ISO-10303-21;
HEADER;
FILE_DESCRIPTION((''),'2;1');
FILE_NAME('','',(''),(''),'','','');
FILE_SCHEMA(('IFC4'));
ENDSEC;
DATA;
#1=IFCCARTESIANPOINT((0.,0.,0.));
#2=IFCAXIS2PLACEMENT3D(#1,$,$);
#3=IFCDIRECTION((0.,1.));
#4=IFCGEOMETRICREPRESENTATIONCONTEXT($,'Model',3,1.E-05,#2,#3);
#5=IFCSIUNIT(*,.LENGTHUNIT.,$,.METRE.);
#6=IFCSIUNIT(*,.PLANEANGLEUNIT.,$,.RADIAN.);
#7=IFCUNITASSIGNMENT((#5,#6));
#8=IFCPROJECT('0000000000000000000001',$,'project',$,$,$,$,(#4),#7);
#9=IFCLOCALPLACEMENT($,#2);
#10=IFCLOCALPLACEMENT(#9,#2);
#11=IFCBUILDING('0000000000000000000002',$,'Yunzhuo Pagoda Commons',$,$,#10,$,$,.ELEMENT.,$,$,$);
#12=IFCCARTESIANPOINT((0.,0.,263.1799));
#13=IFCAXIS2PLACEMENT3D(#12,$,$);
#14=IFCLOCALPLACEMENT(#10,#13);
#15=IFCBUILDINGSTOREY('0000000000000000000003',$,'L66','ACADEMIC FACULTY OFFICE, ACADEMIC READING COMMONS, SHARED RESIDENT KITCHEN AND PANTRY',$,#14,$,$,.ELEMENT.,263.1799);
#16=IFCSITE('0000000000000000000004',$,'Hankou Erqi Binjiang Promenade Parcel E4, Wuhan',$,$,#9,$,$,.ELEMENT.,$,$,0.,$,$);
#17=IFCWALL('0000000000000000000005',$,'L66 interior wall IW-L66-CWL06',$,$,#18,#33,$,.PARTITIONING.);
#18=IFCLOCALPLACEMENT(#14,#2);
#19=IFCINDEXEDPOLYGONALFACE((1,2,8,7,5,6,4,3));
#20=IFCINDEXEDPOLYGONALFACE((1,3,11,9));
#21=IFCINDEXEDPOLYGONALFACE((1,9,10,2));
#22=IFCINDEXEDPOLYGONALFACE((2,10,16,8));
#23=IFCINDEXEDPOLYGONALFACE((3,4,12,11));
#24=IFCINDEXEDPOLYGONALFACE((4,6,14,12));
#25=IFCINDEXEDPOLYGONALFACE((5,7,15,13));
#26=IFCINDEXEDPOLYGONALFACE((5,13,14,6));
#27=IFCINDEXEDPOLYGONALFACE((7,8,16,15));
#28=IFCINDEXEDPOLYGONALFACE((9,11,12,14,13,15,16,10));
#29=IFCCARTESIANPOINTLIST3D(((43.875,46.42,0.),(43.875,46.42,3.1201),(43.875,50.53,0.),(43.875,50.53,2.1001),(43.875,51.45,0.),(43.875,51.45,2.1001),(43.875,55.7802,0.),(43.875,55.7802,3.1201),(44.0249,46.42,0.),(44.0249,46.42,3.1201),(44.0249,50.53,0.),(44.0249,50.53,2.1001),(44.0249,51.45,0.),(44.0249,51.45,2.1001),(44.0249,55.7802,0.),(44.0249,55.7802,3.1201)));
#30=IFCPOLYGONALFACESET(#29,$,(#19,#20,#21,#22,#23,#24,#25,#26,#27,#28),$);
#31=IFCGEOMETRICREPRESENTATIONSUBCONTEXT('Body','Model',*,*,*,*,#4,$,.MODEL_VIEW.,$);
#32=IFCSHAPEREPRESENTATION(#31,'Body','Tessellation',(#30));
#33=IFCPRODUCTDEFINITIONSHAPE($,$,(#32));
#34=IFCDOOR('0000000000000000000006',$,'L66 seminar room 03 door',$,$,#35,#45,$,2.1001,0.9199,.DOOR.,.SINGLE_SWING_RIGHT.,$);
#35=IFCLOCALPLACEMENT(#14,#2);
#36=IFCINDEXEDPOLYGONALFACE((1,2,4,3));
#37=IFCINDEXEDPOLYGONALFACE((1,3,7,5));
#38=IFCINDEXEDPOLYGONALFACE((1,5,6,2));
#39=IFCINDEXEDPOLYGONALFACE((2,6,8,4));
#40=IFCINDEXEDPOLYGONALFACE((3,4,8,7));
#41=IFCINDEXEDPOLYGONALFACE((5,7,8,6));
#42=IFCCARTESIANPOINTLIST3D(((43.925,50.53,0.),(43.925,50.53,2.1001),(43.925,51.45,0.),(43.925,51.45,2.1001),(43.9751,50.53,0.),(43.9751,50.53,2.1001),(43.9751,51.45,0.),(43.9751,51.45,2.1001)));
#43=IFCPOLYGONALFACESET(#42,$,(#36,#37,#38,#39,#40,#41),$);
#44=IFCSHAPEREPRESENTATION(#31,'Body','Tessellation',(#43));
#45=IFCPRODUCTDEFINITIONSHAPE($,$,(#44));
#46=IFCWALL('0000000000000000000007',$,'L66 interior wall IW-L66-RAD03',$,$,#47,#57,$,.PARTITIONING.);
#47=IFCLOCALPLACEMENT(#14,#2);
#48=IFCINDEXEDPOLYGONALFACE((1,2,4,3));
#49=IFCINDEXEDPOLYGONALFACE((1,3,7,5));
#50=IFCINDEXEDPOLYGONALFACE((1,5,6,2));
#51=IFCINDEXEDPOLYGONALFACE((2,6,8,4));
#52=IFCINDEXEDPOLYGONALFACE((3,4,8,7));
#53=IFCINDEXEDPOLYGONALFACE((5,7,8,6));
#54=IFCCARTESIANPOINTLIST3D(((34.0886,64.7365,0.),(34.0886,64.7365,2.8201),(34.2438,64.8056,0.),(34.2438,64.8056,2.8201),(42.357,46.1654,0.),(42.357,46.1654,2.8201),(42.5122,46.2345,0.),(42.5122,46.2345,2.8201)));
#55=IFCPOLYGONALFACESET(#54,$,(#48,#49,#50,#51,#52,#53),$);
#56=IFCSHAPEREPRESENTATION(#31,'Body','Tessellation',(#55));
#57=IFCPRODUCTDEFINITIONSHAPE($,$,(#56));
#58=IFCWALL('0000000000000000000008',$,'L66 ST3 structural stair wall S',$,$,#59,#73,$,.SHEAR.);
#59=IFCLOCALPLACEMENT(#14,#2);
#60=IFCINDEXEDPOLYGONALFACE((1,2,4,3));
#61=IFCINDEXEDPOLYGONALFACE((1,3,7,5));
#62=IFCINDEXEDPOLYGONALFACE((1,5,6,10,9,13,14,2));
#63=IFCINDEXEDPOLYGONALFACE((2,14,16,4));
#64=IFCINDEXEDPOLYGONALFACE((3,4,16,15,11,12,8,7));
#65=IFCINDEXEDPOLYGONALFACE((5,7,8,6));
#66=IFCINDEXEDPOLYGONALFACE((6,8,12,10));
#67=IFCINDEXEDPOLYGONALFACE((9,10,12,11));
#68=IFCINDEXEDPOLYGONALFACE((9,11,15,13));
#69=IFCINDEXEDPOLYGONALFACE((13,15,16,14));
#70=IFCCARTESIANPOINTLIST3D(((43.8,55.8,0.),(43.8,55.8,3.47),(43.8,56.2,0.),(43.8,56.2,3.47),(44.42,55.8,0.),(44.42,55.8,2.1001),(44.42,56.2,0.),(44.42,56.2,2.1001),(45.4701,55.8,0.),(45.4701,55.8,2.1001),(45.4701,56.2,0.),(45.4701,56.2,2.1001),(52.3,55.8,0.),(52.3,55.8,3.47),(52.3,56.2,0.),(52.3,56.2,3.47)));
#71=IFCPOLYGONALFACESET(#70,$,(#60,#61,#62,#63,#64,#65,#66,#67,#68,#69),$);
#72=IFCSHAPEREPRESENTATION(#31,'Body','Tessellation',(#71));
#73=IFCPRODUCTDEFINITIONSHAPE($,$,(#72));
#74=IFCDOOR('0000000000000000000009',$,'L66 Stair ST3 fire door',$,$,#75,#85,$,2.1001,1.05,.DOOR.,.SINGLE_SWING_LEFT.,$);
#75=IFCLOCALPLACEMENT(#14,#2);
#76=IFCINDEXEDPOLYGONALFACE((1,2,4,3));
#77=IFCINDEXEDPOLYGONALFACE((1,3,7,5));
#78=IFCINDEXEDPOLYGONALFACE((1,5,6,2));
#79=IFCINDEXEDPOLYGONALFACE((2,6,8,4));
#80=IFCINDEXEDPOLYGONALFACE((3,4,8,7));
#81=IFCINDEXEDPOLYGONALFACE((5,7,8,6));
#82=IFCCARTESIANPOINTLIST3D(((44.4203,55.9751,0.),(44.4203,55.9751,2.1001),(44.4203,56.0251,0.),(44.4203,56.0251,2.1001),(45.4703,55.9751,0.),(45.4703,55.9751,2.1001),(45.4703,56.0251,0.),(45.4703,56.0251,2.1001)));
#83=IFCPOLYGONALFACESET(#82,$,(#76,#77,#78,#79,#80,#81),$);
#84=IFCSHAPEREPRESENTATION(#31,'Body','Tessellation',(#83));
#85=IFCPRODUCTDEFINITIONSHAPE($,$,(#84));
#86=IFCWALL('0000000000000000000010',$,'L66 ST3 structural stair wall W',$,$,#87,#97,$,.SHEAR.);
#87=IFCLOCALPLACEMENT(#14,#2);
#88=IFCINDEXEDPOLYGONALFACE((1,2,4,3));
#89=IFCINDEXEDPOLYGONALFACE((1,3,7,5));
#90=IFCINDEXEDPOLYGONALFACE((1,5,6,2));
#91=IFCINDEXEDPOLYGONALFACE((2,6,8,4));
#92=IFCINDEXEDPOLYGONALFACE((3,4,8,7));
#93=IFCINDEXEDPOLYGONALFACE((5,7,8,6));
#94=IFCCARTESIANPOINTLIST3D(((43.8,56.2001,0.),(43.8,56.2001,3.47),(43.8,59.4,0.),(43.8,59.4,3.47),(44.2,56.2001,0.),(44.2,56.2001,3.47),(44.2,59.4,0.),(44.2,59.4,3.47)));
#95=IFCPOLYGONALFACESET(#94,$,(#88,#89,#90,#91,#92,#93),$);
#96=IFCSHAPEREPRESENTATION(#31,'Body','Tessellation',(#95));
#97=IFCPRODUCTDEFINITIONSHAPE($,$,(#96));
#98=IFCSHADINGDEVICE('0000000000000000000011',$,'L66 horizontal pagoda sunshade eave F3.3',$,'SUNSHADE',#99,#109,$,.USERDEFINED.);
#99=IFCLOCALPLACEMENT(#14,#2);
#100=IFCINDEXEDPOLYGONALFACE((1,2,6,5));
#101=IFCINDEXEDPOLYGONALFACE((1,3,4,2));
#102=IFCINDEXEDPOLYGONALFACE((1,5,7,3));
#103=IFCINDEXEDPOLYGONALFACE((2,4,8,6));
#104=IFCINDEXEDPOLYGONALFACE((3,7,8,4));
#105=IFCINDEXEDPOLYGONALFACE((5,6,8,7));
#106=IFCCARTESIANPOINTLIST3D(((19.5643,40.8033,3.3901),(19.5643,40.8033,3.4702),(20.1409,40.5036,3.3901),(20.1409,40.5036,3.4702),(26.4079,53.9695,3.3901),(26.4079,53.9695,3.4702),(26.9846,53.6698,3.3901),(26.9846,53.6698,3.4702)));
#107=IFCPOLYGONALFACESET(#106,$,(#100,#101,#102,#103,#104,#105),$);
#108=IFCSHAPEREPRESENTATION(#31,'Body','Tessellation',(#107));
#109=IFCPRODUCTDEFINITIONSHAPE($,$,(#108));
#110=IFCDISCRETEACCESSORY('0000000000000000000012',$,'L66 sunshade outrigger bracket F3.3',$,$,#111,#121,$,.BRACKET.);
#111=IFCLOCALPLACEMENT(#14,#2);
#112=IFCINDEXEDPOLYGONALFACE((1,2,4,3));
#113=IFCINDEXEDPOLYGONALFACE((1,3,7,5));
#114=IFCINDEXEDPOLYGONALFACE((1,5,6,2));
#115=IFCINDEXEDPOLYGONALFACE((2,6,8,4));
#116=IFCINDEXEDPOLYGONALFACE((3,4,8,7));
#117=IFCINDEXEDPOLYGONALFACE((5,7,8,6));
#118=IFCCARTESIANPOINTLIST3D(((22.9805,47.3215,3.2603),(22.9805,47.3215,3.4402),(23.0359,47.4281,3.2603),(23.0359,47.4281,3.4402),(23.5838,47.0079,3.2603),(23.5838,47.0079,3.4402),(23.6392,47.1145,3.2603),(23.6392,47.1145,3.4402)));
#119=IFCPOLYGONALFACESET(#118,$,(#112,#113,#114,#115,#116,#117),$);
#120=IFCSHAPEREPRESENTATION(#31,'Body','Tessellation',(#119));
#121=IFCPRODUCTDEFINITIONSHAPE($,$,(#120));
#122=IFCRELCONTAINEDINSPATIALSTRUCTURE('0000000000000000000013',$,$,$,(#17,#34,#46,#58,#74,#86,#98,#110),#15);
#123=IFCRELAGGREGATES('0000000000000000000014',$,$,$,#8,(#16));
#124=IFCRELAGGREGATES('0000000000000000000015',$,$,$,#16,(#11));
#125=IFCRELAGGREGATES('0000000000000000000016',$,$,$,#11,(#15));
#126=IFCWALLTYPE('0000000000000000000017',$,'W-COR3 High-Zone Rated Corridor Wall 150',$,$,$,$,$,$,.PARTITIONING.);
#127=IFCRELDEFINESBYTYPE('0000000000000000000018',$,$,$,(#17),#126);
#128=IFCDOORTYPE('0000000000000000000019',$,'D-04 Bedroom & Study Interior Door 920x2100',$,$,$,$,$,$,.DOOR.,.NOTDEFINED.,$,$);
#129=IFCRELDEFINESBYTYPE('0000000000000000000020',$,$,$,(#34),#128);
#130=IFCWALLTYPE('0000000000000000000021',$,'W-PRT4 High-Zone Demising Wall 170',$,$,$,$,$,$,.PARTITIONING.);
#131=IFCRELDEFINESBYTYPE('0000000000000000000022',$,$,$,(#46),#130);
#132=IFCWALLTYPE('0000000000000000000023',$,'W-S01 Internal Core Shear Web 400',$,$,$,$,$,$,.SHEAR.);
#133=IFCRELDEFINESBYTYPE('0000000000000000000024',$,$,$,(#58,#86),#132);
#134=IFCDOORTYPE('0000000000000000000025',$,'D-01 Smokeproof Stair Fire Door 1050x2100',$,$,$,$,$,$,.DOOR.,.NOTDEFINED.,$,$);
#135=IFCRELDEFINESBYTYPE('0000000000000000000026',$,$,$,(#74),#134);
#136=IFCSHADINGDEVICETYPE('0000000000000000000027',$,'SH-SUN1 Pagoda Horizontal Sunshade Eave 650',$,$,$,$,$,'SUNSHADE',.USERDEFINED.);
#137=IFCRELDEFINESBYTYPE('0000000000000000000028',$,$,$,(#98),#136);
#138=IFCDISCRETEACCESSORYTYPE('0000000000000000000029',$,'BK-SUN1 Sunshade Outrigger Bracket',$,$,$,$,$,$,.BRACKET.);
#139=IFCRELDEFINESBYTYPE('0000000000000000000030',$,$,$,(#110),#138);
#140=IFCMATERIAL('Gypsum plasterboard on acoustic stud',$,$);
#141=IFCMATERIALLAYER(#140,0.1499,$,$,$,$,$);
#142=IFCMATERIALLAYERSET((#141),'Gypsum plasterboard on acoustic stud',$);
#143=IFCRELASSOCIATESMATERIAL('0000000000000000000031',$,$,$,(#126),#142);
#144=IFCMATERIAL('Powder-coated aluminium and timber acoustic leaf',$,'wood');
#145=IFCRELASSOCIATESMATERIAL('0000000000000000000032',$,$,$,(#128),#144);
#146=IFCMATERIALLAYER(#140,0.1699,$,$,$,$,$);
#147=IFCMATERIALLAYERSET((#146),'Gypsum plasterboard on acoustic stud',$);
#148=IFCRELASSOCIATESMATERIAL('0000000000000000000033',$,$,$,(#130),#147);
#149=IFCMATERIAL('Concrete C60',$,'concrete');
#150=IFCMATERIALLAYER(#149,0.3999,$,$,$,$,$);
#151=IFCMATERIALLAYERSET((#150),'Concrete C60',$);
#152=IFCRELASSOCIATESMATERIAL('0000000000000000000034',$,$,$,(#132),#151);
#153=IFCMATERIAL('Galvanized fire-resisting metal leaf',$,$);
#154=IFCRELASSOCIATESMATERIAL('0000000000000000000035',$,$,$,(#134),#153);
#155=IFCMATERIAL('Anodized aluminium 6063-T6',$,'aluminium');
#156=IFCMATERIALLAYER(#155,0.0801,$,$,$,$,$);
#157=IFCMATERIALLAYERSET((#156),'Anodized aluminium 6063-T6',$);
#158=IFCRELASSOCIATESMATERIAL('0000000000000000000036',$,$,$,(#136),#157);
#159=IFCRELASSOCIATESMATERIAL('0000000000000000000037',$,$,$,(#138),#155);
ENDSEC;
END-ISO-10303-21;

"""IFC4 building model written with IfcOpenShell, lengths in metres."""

from ifc_helpers import new_model, si_unit, direction, frame, frame_2d, origin, origin_with_axes, origin_2d, place, context, subcontext, project, spatial, rectangle, extrude, source, transform, mapped, material, layer, layer_set, type_object, element, fill, save


model = new_model("IFC4")

# Units and contexts
model_context = context("Model", 3, precision=1e-05, world=origin(), true_north=direction((0.0, 1.0)))
body_context = subcontext(model_context, "Body", "Model", "MODEL_VIEW")
ifc_project = project(units=[si_unit("LENGTHUNIT", "METRE"), si_unit("PLANEANGLEUNIT", "RADIAN")], contexts=[model_context])

# Site, building, storey
site_placement = place(None, origin())
site = spatial("IfcSite", under=ifc_project, at=site_placement, Name="Hankou Erqi Binjiang Promenade Parcel E4, Wuhan", CompositionType="ELEMENT", RefElevation=0.0)
building_placement = place(site_placement, origin())
building = spatial("IfcBuilding", under=site, at=building_placement, Name="Yunzhuo Pagoda Commons", CompositionType="ELEMENT")
storey_placement = place(building_placement, frame((0.0, 0.0, 263.1799)))
storey = spatial("IfcBuildingStorey", under=building, at=storey_placement, Name="L66", Description="ACADEMIC FACULTY OFFICE, ACADEMIC READING COMMONS, SHARED RESIDENT KITCHEN AND PANTRY", CompositionType="ELEMENT", Elevation=263.1799)

# Shared definitions
ifc_material_1 = material(Name="Anodized aluminium 6063-T6", Category="aluminium")

# Shared definitions
ifc_material_2 = material(Name="Gypsum plasterboard on acoustic stud")
ifc_layer_1 = layer(ifc_material_2, 0.1499)
ifc_layer_set_1 = layer_set([ifc_layer_1], Name="Gypsum plasterboard on acoustic stud")
wall_type_1 = type_object("IfcWallType", Name="W-COR3 High-Zone Rated Corridor Wall 150", PredefinedType="PARTITIONING", material=ifc_layer_set_1)

# Wall, opening, door
wall_1_placement = place(storey_placement, frame((43.95, 46.4199, 0.0), z_axis=(0.0, 0.0, 1.0), x_axis=(0.0, 1.0, 0.0)))
wall_1 = element("IfcWall", 1, at=wall_1_placement, inside=storey, type_object=wall_type_1, Name="L66 interior wall IW-L66-CWL06", PredefinedType="PARTITIONING", context=body_context, shape_type="SweptSolid", body=[
    extrude(rectangle(XDim=9.3601, YDim=0.1499, at=frame_2d((4.6802, 0.0))), origin(), (0.0, 0.0, 1.0), 3.1201),
])
opening_1_placement = place(wall_1_placement, frame((4.1101, 0.0, 0.0)))
opening_1 = element("IfcOpeningElement", 2, at=opening_1_placement, cuts=wall_1, PredefinedType="OPENING", context=body_context, shape_type="SweptSolid", body=[
    extrude(rectangle(XDim=0.9199, YDim=2.1001, at=frame_2d((0.46, 1.05))), frame((0.0, 0.085, 0.0), z_axis=(0.0, -1.0, 0.0), x_axis=(1.0, 0.0, 0.0)), (0.0, 0.0, 1.0), 0.1699),
])
ifc_material_3 = material(Name="Powder-coated aluminium and timber acoustic leaf", Category="wood")
door_type_1 = type_object("IfcDoorType", Name="D-04 Bedroom & Study Interior Door 920x2100", OperationType="NOTDEFINED", PredefinedType="DOOR", material=ifc_material_3)
shared_shape_1 = source(origin(), body_context, "Body", "SweptSolid", [
    extrude(rectangle(XDim=0.9199, YDim=2.1001, at=frame_2d((0.46, 1.05))), frame((0.0, 0.0249, 0.0), z_axis=(0.0, -1.0, 0.0), x_axis=(1.0, 0.0, 0.0)), (0.0, 0.0, 1.0), 0.05),
])
door_1_placement = place(opening_1_placement, origin_with_axes())
door_1 = element("IfcDoor", 3, at=door_1_placement, inside=storey, type_object=door_type_1, Name="L66 seminar room 03 door", OperationType="SINGLE_SWING_RIGHT", OverallHeight=2.1001, OverallWidth=0.9199, PredefinedType="DOOR", context=body_context, shape_type="MappedRepresentation", body=[
    mapped(shared_shape_1, transform((0.0, 0.0, 0.0), scale=1.0)),
])
fill(opening_1, door_1)

# Wall
ifc_layer_2 = layer(ifc_material_2, 0.1699)
ifc_layer_set_2 = layer_set([ifc_layer_2], Name="Gypsum plasterboard on acoustic stud")
wall_type_2 = type_object("IfcWallType", Name="W-PRT4 High-Zone Demising Wall 170", PredefinedType="PARTITIONING", material=ifc_layer_set_2)
wall_2_placement = place(storey_placement, frame((42.4346, 46.2, 0.0), z_axis=(0.0, 0.0, 1.0), x_axis=(-0.406735, 0.913546, 0.0)))
element("IfcWall", 4, at=wall_2_placement, inside=storey, type_object=wall_type_2, Name="L66 interior wall IW-L66-RAD03", PredefinedType="PARTITIONING", context=body_context, shape_type="SweptSolid", body=[
    extrude(rectangle(XDim=20.3286, YDim=0.1699, at=frame_2d((10.1643, 0.0))), origin(), (0.0, 0.0, 1.0), 2.8201),
])

# Wall, opening, door
ifc_material_4 = material(Name="Concrete C60", Category="concrete")
ifc_layer_3 = layer(ifc_material_4, 0.3999)
ifc_layer_set_3 = layer_set([ifc_layer_3], Name="Concrete C60")
wall_type_3 = type_object("IfcWallType", Name="W-S01 Internal Core Shear Web 400", PredefinedType="SHEAR", material=ifc_layer_set_3)
wall_3_placement = place(storey_placement, frame((43.8, 56.0, 0.0), z_axis=(0.0, 0.0, 1.0), x_axis=(1.0, 0.0, 0.0)))
wall_3 = element("IfcWall", 5, at=wall_3_placement, inside=storey, type_object=wall_type_3, Name="L66 ST3 structural stair wall S", PredefinedType="SHEAR", context=body_context, shape_type="SweptSolid", body=[
    extrude(rectangle(XDim=8.5, YDim=0.3999, at=frame_2d((4.25, 0.0))), origin(), (0.0, 0.0, 1.0), 3.47),
])
opening_2_placement = place(wall_3_placement, frame((0.6201, 0.0, 0.0)))
opening_2 = element("IfcOpeningElement", 6, at=opening_2_placement, cuts=wall_3, PredefinedType="OPENING", context=body_context, shape_type="SweptSolid", body=[
    extrude(rectangle(XDim=1.05, YDim=2.1001, at=frame_2d((0.5249, 1.05))), frame((0.0, 0.21, 0.0), z_axis=(0.0, -1.0, 0.0), x_axis=(1.0, 0.0, 0.0)), (0.0, 0.0, 1.0), 0.4199),
])
ifc_material_5 = material(Name="Galvanized fire-resisting metal leaf")
door_type_2 = type_object("IfcDoorType", Name="D-01 Smokeproof Stair Fire Door 1050x2100", OperationType="NOTDEFINED", PredefinedType="DOOR", material=ifc_material_5)
shared_shape_2 = source(origin(), body_context, "Body", "SweptSolid", [
    extrude(rectangle(XDim=1.05, YDim=2.1001, at=frame_2d((0.5249, 1.05))), frame((0.0, 0.0249, 0.0), z_axis=(0.0, -1.0, 0.0), x_axis=(1.0, 0.0, 0.0)), (0.0, 0.0, 1.0), 0.05),
])
door_2_placement = place(opening_2_placement, frame((1.05, 0.0, 0.0), z_axis=(0.0, 0.0, 1.0), x_axis=(-1.0, 0.0, 0.0)))
door_2 = element("IfcDoor", 7, at=door_2_placement, inside=storey, type_object=door_type_2, Name="L66 Stair ST3 fire door", OperationType="SINGLE_SWING_LEFT", OverallHeight=2.1001, OverallWidth=1.05, PredefinedType="DOOR", context=body_context, shape_type="MappedRepresentation", body=[
    mapped(shared_shape_2, transform((0.0, 0.0, 0.0), scale=1.0)),
])
fill(opening_2, door_2)

# Wall
wall_4_placement = place(storey_placement, frame((44.0, 56.2, 0.0), z_axis=(0.0, 0.0, 1.0), x_axis=(0.0, 1.0, 0.0)))
element("IfcWall", 8, at=wall_4_placement, inside=storey, type_object=wall_type_3, Name="L66 ST3 structural stair wall W", PredefinedType="SHEAR", context=body_context, shape_type="SweptSolid", body=[
    extrude(rectangle(XDim=3.2, YDim=0.3999, at=frame_2d((1.6001, 0.0))), origin(), (0.0, 0.0, 1.0), 3.47),
])

# Shading device
ifc_layer_4 = layer(ifc_material_1, 0.0801)
ifc_layer_set_4 = layer_set([ifc_layer_4], Name="Anodized aluminium 6063-T6")
shading_device_type = type_object("IfcShadingDeviceType", Name="SH-SUN1 Pagoda Horizontal Sunshade Eave 650", ElementType="SUNSHADE", PredefinedType="USERDEFINED", material=ifc_layer_set_4)
shared_shape_3 = source(origin(), body_context, "Body", "SweptSolid", [
    extrude(rectangle(XDim=14.8386, YDim=0.6499, at=origin_2d()), origin(), (0.0, 0.0, 1.0), 0.0801),
])
shading_device_placement = place(storey_placement, frame((23.2744, 47.2366, 3.3901), z_axis=(0.0, 0.0, 1.0), x_axis=(-0.461207, -0.887293, 0.0)))
element("IfcShadingDevice", 9, at=shading_device_placement, inside=storey, type_object=shading_device_type, Name="L66 horizontal pagoda sunshade eave F3.3", ObjectType="SUNSHADE", PredefinedType="USERDEFINED", context=body_context, shape_type="MappedRepresentation", body=[
    mapped(shared_shape_3, transform((0.0, 0.0, 0.0), scale=1.0)),
])

# Discrete accessory
discrete_accessory_type = type_object("IfcDiscreteAccessoryType", Name="BK-SUN1 Sunshade Outrigger Bracket", PredefinedType="BRACKET", material=ifc_material_1)
shared_shape_4 = source(origin(), body_context, "Body", "SweptSolid", [
    extrude(rectangle(XDim=0.1201, YDim=0.6799, at=origin_2d()), origin(), (0.0, 0.0, 1.0), 0.1799),
])
discrete_accessory_placement = place(storey_placement, frame((23.3098, 47.218, 3.2603), z_axis=(0.0, 0.0, 1.0), x_axis=(-0.461207, -0.887293, 0.0)))
element("IfcDiscreteAccessory", 10, at=discrete_accessory_placement, inside=storey, type_object=discrete_accessory_type, Name="L66 sunshade outrigger bracket F3.3", PredefinedType="BRACKET", context=body_context, shape_type="MappedRepresentation", body=[
    mapped(shared_shape_4, transform((0.0, 0.0, 0.0), scale=1.0)),
])

save(model, "model.ifc")
